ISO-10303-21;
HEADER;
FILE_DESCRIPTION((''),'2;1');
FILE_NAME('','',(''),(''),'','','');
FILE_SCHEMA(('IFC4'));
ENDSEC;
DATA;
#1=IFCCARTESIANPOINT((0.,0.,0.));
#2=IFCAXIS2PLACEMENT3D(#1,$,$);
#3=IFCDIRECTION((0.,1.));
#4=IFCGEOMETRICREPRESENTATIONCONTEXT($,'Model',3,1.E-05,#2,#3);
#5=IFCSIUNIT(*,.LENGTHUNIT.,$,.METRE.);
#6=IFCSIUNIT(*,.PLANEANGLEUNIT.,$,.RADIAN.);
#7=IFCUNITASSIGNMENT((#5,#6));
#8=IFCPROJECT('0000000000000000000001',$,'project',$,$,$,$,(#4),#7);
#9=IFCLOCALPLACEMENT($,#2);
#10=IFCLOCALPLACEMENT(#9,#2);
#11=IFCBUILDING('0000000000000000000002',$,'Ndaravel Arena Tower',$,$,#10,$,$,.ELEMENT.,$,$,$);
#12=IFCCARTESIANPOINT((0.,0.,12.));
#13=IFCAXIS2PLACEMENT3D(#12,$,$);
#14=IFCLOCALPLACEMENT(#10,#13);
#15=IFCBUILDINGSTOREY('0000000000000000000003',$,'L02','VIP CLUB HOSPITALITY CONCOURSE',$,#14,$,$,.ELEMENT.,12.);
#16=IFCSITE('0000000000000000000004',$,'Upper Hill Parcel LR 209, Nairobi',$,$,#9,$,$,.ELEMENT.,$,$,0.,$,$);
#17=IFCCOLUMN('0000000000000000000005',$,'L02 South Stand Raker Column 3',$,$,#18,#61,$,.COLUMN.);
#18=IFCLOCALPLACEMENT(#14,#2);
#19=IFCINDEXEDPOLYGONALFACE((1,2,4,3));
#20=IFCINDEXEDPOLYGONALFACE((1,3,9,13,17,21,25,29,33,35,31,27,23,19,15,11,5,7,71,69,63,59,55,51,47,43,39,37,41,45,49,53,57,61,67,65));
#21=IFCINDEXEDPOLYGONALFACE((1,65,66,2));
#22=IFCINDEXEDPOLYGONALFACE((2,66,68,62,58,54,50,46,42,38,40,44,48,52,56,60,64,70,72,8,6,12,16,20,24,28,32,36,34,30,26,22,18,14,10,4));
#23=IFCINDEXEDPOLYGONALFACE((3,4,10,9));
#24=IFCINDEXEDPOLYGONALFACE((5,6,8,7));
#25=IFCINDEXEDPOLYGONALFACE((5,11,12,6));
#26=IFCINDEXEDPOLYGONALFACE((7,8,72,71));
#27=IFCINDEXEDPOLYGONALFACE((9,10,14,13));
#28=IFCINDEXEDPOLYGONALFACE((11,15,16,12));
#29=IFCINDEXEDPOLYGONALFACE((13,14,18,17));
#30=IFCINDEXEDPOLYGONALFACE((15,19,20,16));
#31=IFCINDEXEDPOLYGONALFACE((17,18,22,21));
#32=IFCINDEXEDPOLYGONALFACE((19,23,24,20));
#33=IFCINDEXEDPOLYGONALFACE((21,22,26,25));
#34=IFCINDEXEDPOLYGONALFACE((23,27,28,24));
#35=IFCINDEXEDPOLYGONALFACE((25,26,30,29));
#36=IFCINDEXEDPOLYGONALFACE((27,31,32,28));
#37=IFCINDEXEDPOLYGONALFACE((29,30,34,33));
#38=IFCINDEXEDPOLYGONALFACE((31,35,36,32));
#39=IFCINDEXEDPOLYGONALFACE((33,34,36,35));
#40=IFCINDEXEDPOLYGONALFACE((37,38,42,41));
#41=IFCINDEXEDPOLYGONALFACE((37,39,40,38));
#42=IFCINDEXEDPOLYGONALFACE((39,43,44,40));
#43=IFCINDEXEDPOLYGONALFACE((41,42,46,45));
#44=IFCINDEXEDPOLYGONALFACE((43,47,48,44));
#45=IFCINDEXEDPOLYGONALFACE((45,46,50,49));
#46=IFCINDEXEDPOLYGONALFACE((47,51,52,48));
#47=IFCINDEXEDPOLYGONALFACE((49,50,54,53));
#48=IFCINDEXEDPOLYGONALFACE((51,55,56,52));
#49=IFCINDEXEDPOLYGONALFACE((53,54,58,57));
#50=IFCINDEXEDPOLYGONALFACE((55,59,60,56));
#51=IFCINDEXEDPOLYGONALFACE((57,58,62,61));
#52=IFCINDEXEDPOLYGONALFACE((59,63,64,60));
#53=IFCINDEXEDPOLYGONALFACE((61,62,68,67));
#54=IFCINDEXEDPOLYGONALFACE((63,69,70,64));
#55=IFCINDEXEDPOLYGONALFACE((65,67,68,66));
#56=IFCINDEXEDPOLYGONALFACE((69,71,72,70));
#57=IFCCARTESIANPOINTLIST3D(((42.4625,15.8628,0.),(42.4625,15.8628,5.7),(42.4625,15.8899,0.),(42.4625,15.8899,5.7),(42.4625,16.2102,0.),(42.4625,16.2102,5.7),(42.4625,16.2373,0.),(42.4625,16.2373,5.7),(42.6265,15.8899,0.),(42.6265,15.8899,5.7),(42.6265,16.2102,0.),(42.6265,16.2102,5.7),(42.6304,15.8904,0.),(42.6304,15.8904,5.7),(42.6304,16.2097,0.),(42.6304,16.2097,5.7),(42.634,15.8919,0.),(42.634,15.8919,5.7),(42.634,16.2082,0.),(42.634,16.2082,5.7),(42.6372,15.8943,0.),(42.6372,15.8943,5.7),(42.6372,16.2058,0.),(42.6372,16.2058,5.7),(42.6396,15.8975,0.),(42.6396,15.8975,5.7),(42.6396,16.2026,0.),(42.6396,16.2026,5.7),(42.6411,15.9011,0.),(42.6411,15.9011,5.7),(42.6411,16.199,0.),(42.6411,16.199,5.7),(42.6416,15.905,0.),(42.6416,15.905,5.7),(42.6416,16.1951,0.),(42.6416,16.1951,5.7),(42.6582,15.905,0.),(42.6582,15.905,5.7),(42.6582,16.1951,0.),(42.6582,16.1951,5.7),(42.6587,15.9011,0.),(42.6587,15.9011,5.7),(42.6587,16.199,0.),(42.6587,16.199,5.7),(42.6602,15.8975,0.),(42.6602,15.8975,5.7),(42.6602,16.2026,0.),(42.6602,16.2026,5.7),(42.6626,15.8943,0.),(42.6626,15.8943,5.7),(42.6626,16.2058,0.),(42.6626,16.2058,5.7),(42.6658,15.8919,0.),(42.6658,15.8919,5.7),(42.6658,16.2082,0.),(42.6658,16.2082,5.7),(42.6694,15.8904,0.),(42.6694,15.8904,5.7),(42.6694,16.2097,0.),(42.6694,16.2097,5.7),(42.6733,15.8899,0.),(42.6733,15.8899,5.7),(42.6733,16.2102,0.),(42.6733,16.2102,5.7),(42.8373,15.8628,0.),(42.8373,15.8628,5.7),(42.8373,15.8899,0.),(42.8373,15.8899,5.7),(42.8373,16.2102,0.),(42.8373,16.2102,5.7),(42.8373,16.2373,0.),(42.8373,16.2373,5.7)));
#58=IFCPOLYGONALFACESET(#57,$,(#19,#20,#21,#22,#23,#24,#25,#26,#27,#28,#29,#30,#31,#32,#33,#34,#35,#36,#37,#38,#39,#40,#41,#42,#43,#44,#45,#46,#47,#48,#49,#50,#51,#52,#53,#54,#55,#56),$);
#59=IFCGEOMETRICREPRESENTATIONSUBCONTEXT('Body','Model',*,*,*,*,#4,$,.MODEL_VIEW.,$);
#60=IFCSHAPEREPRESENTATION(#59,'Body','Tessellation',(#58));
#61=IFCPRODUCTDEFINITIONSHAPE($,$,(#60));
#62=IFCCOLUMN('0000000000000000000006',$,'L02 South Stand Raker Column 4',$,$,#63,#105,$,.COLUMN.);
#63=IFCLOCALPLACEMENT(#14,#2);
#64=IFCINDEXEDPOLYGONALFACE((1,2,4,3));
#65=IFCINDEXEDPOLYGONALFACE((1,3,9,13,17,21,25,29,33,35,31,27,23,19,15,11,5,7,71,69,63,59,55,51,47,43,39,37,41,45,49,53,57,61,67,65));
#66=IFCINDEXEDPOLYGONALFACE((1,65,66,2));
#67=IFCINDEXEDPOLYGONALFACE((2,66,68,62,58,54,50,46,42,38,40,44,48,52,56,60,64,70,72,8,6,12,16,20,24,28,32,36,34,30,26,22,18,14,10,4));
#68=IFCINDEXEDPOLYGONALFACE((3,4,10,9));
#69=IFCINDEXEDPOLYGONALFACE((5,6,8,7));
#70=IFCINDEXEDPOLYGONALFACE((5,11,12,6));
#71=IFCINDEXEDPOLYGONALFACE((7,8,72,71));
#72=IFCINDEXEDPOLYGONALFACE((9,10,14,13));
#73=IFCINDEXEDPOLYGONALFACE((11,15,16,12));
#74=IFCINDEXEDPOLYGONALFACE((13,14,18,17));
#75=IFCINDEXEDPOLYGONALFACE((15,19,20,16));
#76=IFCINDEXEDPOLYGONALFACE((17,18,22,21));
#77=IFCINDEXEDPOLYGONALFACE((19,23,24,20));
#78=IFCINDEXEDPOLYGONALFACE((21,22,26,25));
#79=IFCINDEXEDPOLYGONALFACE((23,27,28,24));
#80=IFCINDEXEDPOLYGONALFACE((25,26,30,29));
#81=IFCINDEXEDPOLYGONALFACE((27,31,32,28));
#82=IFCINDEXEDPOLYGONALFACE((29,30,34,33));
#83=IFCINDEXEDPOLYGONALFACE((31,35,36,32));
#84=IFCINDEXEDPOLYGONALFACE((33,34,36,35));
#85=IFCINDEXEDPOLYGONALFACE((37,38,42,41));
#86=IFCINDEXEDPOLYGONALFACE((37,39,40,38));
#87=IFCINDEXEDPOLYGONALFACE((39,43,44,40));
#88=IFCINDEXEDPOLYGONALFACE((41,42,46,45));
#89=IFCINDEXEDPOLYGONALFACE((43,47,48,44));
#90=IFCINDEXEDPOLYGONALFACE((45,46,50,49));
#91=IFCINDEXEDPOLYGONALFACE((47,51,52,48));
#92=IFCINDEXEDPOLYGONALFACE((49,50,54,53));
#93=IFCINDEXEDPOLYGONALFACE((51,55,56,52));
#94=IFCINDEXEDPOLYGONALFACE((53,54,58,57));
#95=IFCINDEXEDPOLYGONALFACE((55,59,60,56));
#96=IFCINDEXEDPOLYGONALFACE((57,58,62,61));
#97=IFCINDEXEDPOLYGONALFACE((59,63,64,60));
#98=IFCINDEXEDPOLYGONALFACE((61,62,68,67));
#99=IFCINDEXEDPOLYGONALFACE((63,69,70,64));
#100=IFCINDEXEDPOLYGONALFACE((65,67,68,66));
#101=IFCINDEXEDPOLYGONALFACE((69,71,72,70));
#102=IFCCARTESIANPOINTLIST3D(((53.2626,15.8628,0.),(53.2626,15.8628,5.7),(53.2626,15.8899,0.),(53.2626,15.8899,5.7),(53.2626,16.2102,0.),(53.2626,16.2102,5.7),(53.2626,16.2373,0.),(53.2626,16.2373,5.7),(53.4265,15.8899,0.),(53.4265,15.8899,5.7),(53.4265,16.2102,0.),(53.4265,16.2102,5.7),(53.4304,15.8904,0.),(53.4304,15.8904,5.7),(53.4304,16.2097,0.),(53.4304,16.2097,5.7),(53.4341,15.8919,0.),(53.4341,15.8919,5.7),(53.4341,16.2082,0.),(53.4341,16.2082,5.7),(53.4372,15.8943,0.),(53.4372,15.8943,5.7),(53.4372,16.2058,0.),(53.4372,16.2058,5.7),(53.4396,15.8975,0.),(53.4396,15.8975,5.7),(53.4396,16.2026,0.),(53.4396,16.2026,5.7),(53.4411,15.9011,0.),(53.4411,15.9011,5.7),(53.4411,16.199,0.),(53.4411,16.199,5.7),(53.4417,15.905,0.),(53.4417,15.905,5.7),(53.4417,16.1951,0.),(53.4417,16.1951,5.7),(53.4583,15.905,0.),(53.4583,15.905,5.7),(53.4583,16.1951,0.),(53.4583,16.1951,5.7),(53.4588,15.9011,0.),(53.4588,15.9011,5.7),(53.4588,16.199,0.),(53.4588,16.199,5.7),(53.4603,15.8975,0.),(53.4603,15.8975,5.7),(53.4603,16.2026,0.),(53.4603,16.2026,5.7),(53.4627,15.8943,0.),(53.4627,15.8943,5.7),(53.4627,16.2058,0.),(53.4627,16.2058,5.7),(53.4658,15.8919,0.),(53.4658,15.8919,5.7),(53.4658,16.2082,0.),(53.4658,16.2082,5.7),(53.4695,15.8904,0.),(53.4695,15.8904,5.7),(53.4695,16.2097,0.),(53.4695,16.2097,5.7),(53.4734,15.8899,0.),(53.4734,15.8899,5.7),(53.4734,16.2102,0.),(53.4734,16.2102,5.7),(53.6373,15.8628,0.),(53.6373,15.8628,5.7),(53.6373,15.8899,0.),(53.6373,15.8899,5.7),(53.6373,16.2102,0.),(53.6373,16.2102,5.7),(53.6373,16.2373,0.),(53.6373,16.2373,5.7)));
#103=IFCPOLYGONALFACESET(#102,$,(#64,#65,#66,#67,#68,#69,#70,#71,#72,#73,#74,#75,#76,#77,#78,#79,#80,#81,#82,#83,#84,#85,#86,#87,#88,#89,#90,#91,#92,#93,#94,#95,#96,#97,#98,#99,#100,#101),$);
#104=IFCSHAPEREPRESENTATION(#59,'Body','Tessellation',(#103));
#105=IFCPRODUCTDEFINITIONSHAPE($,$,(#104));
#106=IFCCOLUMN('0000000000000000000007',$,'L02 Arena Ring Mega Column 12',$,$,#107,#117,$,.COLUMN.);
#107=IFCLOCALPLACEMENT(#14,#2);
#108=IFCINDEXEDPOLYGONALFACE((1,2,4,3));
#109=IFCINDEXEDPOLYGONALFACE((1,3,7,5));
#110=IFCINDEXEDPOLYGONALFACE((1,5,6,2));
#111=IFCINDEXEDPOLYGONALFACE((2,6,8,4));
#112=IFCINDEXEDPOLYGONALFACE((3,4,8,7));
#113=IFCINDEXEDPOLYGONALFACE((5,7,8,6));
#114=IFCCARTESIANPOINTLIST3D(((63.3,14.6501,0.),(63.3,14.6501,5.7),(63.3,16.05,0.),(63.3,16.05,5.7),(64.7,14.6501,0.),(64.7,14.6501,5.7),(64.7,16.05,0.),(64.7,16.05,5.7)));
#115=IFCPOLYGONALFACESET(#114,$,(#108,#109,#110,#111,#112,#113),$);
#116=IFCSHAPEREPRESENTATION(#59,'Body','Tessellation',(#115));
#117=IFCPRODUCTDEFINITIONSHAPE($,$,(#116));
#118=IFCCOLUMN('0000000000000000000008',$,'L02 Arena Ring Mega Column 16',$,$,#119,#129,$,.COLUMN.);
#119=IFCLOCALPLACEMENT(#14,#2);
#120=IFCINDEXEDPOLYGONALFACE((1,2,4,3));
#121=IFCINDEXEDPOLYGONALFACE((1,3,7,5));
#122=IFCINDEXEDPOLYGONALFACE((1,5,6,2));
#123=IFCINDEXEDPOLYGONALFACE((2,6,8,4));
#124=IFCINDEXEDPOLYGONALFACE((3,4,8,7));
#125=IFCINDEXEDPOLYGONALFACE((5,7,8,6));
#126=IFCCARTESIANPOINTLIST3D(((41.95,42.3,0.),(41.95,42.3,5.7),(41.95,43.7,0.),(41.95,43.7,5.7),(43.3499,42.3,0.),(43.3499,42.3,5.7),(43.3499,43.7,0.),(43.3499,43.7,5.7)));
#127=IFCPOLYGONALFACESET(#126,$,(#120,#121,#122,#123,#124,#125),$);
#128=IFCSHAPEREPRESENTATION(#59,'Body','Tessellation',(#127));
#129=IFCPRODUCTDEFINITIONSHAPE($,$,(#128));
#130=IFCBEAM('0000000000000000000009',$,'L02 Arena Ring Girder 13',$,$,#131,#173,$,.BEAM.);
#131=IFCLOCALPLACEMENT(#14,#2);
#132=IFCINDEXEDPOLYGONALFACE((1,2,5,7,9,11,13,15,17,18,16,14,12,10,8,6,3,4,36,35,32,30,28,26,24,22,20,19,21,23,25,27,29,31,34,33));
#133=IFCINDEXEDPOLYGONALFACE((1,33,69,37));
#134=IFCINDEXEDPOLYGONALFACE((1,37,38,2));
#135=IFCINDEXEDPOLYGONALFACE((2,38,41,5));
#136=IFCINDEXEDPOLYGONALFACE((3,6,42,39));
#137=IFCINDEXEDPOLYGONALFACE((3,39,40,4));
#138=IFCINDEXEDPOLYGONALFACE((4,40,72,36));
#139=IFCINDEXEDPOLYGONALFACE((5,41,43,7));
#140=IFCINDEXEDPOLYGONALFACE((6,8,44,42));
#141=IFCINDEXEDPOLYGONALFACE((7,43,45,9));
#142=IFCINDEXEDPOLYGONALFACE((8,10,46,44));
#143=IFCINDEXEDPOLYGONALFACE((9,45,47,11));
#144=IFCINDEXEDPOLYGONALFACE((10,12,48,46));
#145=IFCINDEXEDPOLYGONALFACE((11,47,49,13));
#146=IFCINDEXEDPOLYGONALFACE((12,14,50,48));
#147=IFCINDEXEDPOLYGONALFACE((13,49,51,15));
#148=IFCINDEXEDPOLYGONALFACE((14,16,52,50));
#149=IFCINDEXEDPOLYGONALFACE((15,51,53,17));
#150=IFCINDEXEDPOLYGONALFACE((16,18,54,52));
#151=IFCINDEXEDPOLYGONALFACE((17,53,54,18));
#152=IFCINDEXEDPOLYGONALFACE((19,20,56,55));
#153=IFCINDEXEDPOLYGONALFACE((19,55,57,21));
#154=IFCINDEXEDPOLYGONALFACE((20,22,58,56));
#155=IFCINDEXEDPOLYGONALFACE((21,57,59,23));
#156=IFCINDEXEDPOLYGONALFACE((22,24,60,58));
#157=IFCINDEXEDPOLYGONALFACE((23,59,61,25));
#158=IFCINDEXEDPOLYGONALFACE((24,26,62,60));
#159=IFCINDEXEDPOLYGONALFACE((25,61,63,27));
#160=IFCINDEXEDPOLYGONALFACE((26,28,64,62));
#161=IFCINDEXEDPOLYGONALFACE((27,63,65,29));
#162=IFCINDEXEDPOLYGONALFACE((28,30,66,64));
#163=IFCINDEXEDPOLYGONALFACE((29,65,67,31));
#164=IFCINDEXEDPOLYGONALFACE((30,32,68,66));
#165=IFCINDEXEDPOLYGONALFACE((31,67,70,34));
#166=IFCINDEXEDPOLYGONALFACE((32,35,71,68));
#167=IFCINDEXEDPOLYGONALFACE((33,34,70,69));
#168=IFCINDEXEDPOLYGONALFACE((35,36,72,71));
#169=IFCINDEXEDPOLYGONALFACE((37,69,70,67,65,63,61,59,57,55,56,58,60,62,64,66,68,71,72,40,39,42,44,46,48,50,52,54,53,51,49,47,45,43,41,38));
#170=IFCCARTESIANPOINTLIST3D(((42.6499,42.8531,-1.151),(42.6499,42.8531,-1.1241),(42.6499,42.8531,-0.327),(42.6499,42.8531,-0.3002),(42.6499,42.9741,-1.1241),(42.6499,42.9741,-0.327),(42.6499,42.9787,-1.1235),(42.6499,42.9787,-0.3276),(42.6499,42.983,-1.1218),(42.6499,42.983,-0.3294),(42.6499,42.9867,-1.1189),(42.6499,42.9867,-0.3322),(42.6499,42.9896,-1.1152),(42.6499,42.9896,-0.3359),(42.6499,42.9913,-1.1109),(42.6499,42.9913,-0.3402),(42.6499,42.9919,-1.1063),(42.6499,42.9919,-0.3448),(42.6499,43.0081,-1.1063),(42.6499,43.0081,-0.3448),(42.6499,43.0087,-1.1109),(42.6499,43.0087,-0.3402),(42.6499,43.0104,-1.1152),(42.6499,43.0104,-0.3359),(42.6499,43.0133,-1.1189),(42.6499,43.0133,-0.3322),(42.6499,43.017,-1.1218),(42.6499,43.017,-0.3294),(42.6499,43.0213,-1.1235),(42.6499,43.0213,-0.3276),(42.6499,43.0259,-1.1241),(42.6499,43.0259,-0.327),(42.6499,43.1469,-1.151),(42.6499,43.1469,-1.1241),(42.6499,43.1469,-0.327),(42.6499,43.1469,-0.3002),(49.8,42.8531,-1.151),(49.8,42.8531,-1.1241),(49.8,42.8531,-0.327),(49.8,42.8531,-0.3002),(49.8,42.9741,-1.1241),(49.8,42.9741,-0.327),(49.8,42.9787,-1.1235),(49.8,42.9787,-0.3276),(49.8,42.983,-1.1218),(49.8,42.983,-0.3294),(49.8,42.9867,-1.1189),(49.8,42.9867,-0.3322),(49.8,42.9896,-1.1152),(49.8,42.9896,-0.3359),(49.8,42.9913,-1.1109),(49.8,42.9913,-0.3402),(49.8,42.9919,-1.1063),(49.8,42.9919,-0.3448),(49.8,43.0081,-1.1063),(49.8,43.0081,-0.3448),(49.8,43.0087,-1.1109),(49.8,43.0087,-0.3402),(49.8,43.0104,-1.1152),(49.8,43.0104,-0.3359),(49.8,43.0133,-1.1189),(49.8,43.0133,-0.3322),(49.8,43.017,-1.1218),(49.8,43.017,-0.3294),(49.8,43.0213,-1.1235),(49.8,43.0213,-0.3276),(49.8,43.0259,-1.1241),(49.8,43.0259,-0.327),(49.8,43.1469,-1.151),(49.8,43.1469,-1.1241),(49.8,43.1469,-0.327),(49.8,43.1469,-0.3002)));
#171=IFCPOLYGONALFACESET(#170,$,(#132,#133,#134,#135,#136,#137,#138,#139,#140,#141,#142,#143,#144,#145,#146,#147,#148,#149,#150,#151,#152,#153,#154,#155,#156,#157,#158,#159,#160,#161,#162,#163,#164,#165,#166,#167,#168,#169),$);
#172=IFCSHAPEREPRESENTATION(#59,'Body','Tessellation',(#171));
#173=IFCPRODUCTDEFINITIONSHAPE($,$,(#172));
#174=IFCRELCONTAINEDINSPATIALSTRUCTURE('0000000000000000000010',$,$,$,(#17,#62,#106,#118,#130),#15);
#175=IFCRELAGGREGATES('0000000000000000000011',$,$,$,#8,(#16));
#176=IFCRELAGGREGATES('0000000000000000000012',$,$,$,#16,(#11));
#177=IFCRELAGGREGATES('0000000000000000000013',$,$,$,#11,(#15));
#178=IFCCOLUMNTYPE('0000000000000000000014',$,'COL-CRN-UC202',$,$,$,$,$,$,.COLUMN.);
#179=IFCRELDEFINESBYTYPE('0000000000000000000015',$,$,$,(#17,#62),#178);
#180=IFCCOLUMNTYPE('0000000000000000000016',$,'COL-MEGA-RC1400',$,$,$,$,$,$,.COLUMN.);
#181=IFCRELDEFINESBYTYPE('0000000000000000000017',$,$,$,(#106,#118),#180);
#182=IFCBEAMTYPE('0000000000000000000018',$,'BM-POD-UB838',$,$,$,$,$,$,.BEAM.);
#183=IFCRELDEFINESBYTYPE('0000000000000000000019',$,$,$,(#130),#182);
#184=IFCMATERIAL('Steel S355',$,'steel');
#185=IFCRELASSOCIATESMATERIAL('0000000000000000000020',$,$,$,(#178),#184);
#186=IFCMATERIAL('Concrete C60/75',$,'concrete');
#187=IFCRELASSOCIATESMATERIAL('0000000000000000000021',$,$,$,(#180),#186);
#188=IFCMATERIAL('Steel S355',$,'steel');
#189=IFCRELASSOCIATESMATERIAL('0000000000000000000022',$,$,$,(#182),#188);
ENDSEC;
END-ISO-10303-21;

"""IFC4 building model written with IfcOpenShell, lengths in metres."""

from ifc_helpers import new_model, si_unit, direction, frame, origin, origin_2d, place, context, subcontext, project, spatial, rectangle, i_section, extrude, material, material_profile, profile_set, type_object, element, save


model = new_model("IFC4")

# Units and contexts
model_context = context("Model", 3, precision=1e-05, world=origin(), true_north=direction((0.0, 1.0)))
body_context = subcontext(model_context, "Body", "Model", "MODEL_VIEW")
ifc_project = project(units=[si_unit("LENGTHUNIT", "METRE"), si_unit("PLANEANGLEUNIT", "RADIAN")], contexts=[model_context])

# Site, building, storey
site_placement = place(None, origin())
site = spatial("IfcSite", under=ifc_project, at=site_placement, Name="Upper Hill Parcel LR 209, Nairobi", CompositionType="ELEMENT", RefElevation=0.0)
building_placement = place(site_placement, origin())
building = spatial("IfcBuilding", under=site, at=building_placement, Name="Ndaravel Arena Tower", CompositionType="ELEMENT")
storey_placement = place(building_placement, frame((0.0, 0.0, 12.0)))
storey = spatial("IfcBuildingStorey", under=building, at=storey_placement, Name="L02", Description="VIP CLUB HOSPITALITY CONCOURSE", CompositionType="ELEMENT", Elevation=12.0)

# Columns
ifc_material_1 = material(Name="Steel S355", Category="steel")
ifc_material_profile_1 = material_profile(ifc_material_1, i_section(OverallWidth=0.3748, OverallDepth=0.3745, WebThickness=0.0166, FlangeThickness=0.0271, FilletRadius=0.0151, at=origin_2d()), Name="UC 356x368x202")
ifc_profile_set_1 = profile_set([ifc_material_profile_1], Name="Steel S355")
column_type_1 = type_object("IfcColumnType", Name="COL-CRN-UC202", PredefinedType="COLUMN", material=ifc_profile_set_1)
for number, where, z_axis, x_axis, name in (
    (1, (42.6499, 16.05, 0.0), (0.0, 0.0, 1.0), (1.0, 0.0, 0.0), "L02 South Stand Raker Column 3"),
    (2, (53.45, 16.05, 0.0), (0.0, 0.0, 1.0), (1.0, 0.0, 0.0), "L02 South Stand Raker Column 4"),
):
    element("IfcColumn", number, at=place(storey_placement, frame(where, z_axis=z_axis, x_axis=x_axis)), inside=storey, type_object=column_type_1, Name=name, PredefinedType="COLUMN", context=body_context, shape_type="SweptSolid", body=[
        extrude(i_section(OverallWidth=0.3748, OverallDepth=0.3745, WebThickness=0.0166, FlangeThickness=0.0271, FilletRadius=0.0151, at=origin_2d()), origin(), (0.0, 0.0, 1.0), 5.7),
    ])
ifc_material_2 = material(Name="Concrete C60/75", Category="concrete")
ifc_material_profile_2 = material_profile(ifc_material_2, rectangle(XDim=1.3999, YDim=1.3999, at=origin_2d()), Name="RC 1400x1400")
ifc_profile_set_2 = profile_set([ifc_material_profile_2], Name="Concrete C60/75")
column_type_2 = type_object("IfcColumnType", Name="COL-MEGA-RC1400", PredefinedType="COLUMN", material=ifc_profile_set_2)
for number, where, z_axis, x_axis, name in (
    (3, (64.0, 15.3501, 0.0), (0.0, 0.0, 1.0), (1.0, 0.0, 0.0), "L02 Arena Ring Mega Column 12"),
    (4, (42.6499, 43.0, 0.0), (0.0, 0.0, 1.0), (1.0, 0.0, 0.0), "L02 Arena Ring Mega Column 16"),
):
    element("IfcColumn", number, at=place(storey_placement, frame(where, z_axis=z_axis, x_axis=x_axis)), inside=storey, type_object=column_type_2, Name=name, PredefinedType="COLUMN", context=body_context, shape_type="SweptSolid", body=[
        extrude(rectangle(XDim=1.3999, YDim=1.3999, at=origin_2d()), origin(), (0.0, 0.0, 1.0), 5.7),
    ])

# Beam
ifc_material_3 = material(Name="Steel S355", Category="steel")
ifc_material_profile_3 = material_profile(ifc_material_3, i_section(OverallWidth=0.2937, OverallDepth=0.8508, WebThickness=0.0161, FlangeThickness=0.0269, FilletRadius=0.0178, at=origin_2d()), Name="UB 838x292x226")
ifc_profile_set_3 = profile_set([ifc_material_profile_3], Name="Steel S355")
beam_type = type_object("IfcBeamType", Name="BM-POD-UB838", PredefinedType="BEAM", material=ifc_profile_set_3)
beam_1_placement = place(storey_placement, frame((42.6499, 43.0, -0.7256), z_axis=(1.0, 0.0, 0.0), x_axis=(0.0, 1.0, 0.0)))
element("IfcBeam", 5, at=beam_1_placement, inside=storey, type_object=beam_type, Name="L02 Arena Ring Girder 13", PredefinedType="BEAM", context=body_context, shape_type="SweptSolid", body=[
    extrude(i_section(OverallWidth=0.2937, OverallDepth=0.8508, WebThickness=0.0161, FlangeThickness=0.0269, FilletRadius=0.0178, at=origin_2d()), origin(), (0.0, 0.0, 1.0), 7.1501),
])

save(model, "model.ifc")
